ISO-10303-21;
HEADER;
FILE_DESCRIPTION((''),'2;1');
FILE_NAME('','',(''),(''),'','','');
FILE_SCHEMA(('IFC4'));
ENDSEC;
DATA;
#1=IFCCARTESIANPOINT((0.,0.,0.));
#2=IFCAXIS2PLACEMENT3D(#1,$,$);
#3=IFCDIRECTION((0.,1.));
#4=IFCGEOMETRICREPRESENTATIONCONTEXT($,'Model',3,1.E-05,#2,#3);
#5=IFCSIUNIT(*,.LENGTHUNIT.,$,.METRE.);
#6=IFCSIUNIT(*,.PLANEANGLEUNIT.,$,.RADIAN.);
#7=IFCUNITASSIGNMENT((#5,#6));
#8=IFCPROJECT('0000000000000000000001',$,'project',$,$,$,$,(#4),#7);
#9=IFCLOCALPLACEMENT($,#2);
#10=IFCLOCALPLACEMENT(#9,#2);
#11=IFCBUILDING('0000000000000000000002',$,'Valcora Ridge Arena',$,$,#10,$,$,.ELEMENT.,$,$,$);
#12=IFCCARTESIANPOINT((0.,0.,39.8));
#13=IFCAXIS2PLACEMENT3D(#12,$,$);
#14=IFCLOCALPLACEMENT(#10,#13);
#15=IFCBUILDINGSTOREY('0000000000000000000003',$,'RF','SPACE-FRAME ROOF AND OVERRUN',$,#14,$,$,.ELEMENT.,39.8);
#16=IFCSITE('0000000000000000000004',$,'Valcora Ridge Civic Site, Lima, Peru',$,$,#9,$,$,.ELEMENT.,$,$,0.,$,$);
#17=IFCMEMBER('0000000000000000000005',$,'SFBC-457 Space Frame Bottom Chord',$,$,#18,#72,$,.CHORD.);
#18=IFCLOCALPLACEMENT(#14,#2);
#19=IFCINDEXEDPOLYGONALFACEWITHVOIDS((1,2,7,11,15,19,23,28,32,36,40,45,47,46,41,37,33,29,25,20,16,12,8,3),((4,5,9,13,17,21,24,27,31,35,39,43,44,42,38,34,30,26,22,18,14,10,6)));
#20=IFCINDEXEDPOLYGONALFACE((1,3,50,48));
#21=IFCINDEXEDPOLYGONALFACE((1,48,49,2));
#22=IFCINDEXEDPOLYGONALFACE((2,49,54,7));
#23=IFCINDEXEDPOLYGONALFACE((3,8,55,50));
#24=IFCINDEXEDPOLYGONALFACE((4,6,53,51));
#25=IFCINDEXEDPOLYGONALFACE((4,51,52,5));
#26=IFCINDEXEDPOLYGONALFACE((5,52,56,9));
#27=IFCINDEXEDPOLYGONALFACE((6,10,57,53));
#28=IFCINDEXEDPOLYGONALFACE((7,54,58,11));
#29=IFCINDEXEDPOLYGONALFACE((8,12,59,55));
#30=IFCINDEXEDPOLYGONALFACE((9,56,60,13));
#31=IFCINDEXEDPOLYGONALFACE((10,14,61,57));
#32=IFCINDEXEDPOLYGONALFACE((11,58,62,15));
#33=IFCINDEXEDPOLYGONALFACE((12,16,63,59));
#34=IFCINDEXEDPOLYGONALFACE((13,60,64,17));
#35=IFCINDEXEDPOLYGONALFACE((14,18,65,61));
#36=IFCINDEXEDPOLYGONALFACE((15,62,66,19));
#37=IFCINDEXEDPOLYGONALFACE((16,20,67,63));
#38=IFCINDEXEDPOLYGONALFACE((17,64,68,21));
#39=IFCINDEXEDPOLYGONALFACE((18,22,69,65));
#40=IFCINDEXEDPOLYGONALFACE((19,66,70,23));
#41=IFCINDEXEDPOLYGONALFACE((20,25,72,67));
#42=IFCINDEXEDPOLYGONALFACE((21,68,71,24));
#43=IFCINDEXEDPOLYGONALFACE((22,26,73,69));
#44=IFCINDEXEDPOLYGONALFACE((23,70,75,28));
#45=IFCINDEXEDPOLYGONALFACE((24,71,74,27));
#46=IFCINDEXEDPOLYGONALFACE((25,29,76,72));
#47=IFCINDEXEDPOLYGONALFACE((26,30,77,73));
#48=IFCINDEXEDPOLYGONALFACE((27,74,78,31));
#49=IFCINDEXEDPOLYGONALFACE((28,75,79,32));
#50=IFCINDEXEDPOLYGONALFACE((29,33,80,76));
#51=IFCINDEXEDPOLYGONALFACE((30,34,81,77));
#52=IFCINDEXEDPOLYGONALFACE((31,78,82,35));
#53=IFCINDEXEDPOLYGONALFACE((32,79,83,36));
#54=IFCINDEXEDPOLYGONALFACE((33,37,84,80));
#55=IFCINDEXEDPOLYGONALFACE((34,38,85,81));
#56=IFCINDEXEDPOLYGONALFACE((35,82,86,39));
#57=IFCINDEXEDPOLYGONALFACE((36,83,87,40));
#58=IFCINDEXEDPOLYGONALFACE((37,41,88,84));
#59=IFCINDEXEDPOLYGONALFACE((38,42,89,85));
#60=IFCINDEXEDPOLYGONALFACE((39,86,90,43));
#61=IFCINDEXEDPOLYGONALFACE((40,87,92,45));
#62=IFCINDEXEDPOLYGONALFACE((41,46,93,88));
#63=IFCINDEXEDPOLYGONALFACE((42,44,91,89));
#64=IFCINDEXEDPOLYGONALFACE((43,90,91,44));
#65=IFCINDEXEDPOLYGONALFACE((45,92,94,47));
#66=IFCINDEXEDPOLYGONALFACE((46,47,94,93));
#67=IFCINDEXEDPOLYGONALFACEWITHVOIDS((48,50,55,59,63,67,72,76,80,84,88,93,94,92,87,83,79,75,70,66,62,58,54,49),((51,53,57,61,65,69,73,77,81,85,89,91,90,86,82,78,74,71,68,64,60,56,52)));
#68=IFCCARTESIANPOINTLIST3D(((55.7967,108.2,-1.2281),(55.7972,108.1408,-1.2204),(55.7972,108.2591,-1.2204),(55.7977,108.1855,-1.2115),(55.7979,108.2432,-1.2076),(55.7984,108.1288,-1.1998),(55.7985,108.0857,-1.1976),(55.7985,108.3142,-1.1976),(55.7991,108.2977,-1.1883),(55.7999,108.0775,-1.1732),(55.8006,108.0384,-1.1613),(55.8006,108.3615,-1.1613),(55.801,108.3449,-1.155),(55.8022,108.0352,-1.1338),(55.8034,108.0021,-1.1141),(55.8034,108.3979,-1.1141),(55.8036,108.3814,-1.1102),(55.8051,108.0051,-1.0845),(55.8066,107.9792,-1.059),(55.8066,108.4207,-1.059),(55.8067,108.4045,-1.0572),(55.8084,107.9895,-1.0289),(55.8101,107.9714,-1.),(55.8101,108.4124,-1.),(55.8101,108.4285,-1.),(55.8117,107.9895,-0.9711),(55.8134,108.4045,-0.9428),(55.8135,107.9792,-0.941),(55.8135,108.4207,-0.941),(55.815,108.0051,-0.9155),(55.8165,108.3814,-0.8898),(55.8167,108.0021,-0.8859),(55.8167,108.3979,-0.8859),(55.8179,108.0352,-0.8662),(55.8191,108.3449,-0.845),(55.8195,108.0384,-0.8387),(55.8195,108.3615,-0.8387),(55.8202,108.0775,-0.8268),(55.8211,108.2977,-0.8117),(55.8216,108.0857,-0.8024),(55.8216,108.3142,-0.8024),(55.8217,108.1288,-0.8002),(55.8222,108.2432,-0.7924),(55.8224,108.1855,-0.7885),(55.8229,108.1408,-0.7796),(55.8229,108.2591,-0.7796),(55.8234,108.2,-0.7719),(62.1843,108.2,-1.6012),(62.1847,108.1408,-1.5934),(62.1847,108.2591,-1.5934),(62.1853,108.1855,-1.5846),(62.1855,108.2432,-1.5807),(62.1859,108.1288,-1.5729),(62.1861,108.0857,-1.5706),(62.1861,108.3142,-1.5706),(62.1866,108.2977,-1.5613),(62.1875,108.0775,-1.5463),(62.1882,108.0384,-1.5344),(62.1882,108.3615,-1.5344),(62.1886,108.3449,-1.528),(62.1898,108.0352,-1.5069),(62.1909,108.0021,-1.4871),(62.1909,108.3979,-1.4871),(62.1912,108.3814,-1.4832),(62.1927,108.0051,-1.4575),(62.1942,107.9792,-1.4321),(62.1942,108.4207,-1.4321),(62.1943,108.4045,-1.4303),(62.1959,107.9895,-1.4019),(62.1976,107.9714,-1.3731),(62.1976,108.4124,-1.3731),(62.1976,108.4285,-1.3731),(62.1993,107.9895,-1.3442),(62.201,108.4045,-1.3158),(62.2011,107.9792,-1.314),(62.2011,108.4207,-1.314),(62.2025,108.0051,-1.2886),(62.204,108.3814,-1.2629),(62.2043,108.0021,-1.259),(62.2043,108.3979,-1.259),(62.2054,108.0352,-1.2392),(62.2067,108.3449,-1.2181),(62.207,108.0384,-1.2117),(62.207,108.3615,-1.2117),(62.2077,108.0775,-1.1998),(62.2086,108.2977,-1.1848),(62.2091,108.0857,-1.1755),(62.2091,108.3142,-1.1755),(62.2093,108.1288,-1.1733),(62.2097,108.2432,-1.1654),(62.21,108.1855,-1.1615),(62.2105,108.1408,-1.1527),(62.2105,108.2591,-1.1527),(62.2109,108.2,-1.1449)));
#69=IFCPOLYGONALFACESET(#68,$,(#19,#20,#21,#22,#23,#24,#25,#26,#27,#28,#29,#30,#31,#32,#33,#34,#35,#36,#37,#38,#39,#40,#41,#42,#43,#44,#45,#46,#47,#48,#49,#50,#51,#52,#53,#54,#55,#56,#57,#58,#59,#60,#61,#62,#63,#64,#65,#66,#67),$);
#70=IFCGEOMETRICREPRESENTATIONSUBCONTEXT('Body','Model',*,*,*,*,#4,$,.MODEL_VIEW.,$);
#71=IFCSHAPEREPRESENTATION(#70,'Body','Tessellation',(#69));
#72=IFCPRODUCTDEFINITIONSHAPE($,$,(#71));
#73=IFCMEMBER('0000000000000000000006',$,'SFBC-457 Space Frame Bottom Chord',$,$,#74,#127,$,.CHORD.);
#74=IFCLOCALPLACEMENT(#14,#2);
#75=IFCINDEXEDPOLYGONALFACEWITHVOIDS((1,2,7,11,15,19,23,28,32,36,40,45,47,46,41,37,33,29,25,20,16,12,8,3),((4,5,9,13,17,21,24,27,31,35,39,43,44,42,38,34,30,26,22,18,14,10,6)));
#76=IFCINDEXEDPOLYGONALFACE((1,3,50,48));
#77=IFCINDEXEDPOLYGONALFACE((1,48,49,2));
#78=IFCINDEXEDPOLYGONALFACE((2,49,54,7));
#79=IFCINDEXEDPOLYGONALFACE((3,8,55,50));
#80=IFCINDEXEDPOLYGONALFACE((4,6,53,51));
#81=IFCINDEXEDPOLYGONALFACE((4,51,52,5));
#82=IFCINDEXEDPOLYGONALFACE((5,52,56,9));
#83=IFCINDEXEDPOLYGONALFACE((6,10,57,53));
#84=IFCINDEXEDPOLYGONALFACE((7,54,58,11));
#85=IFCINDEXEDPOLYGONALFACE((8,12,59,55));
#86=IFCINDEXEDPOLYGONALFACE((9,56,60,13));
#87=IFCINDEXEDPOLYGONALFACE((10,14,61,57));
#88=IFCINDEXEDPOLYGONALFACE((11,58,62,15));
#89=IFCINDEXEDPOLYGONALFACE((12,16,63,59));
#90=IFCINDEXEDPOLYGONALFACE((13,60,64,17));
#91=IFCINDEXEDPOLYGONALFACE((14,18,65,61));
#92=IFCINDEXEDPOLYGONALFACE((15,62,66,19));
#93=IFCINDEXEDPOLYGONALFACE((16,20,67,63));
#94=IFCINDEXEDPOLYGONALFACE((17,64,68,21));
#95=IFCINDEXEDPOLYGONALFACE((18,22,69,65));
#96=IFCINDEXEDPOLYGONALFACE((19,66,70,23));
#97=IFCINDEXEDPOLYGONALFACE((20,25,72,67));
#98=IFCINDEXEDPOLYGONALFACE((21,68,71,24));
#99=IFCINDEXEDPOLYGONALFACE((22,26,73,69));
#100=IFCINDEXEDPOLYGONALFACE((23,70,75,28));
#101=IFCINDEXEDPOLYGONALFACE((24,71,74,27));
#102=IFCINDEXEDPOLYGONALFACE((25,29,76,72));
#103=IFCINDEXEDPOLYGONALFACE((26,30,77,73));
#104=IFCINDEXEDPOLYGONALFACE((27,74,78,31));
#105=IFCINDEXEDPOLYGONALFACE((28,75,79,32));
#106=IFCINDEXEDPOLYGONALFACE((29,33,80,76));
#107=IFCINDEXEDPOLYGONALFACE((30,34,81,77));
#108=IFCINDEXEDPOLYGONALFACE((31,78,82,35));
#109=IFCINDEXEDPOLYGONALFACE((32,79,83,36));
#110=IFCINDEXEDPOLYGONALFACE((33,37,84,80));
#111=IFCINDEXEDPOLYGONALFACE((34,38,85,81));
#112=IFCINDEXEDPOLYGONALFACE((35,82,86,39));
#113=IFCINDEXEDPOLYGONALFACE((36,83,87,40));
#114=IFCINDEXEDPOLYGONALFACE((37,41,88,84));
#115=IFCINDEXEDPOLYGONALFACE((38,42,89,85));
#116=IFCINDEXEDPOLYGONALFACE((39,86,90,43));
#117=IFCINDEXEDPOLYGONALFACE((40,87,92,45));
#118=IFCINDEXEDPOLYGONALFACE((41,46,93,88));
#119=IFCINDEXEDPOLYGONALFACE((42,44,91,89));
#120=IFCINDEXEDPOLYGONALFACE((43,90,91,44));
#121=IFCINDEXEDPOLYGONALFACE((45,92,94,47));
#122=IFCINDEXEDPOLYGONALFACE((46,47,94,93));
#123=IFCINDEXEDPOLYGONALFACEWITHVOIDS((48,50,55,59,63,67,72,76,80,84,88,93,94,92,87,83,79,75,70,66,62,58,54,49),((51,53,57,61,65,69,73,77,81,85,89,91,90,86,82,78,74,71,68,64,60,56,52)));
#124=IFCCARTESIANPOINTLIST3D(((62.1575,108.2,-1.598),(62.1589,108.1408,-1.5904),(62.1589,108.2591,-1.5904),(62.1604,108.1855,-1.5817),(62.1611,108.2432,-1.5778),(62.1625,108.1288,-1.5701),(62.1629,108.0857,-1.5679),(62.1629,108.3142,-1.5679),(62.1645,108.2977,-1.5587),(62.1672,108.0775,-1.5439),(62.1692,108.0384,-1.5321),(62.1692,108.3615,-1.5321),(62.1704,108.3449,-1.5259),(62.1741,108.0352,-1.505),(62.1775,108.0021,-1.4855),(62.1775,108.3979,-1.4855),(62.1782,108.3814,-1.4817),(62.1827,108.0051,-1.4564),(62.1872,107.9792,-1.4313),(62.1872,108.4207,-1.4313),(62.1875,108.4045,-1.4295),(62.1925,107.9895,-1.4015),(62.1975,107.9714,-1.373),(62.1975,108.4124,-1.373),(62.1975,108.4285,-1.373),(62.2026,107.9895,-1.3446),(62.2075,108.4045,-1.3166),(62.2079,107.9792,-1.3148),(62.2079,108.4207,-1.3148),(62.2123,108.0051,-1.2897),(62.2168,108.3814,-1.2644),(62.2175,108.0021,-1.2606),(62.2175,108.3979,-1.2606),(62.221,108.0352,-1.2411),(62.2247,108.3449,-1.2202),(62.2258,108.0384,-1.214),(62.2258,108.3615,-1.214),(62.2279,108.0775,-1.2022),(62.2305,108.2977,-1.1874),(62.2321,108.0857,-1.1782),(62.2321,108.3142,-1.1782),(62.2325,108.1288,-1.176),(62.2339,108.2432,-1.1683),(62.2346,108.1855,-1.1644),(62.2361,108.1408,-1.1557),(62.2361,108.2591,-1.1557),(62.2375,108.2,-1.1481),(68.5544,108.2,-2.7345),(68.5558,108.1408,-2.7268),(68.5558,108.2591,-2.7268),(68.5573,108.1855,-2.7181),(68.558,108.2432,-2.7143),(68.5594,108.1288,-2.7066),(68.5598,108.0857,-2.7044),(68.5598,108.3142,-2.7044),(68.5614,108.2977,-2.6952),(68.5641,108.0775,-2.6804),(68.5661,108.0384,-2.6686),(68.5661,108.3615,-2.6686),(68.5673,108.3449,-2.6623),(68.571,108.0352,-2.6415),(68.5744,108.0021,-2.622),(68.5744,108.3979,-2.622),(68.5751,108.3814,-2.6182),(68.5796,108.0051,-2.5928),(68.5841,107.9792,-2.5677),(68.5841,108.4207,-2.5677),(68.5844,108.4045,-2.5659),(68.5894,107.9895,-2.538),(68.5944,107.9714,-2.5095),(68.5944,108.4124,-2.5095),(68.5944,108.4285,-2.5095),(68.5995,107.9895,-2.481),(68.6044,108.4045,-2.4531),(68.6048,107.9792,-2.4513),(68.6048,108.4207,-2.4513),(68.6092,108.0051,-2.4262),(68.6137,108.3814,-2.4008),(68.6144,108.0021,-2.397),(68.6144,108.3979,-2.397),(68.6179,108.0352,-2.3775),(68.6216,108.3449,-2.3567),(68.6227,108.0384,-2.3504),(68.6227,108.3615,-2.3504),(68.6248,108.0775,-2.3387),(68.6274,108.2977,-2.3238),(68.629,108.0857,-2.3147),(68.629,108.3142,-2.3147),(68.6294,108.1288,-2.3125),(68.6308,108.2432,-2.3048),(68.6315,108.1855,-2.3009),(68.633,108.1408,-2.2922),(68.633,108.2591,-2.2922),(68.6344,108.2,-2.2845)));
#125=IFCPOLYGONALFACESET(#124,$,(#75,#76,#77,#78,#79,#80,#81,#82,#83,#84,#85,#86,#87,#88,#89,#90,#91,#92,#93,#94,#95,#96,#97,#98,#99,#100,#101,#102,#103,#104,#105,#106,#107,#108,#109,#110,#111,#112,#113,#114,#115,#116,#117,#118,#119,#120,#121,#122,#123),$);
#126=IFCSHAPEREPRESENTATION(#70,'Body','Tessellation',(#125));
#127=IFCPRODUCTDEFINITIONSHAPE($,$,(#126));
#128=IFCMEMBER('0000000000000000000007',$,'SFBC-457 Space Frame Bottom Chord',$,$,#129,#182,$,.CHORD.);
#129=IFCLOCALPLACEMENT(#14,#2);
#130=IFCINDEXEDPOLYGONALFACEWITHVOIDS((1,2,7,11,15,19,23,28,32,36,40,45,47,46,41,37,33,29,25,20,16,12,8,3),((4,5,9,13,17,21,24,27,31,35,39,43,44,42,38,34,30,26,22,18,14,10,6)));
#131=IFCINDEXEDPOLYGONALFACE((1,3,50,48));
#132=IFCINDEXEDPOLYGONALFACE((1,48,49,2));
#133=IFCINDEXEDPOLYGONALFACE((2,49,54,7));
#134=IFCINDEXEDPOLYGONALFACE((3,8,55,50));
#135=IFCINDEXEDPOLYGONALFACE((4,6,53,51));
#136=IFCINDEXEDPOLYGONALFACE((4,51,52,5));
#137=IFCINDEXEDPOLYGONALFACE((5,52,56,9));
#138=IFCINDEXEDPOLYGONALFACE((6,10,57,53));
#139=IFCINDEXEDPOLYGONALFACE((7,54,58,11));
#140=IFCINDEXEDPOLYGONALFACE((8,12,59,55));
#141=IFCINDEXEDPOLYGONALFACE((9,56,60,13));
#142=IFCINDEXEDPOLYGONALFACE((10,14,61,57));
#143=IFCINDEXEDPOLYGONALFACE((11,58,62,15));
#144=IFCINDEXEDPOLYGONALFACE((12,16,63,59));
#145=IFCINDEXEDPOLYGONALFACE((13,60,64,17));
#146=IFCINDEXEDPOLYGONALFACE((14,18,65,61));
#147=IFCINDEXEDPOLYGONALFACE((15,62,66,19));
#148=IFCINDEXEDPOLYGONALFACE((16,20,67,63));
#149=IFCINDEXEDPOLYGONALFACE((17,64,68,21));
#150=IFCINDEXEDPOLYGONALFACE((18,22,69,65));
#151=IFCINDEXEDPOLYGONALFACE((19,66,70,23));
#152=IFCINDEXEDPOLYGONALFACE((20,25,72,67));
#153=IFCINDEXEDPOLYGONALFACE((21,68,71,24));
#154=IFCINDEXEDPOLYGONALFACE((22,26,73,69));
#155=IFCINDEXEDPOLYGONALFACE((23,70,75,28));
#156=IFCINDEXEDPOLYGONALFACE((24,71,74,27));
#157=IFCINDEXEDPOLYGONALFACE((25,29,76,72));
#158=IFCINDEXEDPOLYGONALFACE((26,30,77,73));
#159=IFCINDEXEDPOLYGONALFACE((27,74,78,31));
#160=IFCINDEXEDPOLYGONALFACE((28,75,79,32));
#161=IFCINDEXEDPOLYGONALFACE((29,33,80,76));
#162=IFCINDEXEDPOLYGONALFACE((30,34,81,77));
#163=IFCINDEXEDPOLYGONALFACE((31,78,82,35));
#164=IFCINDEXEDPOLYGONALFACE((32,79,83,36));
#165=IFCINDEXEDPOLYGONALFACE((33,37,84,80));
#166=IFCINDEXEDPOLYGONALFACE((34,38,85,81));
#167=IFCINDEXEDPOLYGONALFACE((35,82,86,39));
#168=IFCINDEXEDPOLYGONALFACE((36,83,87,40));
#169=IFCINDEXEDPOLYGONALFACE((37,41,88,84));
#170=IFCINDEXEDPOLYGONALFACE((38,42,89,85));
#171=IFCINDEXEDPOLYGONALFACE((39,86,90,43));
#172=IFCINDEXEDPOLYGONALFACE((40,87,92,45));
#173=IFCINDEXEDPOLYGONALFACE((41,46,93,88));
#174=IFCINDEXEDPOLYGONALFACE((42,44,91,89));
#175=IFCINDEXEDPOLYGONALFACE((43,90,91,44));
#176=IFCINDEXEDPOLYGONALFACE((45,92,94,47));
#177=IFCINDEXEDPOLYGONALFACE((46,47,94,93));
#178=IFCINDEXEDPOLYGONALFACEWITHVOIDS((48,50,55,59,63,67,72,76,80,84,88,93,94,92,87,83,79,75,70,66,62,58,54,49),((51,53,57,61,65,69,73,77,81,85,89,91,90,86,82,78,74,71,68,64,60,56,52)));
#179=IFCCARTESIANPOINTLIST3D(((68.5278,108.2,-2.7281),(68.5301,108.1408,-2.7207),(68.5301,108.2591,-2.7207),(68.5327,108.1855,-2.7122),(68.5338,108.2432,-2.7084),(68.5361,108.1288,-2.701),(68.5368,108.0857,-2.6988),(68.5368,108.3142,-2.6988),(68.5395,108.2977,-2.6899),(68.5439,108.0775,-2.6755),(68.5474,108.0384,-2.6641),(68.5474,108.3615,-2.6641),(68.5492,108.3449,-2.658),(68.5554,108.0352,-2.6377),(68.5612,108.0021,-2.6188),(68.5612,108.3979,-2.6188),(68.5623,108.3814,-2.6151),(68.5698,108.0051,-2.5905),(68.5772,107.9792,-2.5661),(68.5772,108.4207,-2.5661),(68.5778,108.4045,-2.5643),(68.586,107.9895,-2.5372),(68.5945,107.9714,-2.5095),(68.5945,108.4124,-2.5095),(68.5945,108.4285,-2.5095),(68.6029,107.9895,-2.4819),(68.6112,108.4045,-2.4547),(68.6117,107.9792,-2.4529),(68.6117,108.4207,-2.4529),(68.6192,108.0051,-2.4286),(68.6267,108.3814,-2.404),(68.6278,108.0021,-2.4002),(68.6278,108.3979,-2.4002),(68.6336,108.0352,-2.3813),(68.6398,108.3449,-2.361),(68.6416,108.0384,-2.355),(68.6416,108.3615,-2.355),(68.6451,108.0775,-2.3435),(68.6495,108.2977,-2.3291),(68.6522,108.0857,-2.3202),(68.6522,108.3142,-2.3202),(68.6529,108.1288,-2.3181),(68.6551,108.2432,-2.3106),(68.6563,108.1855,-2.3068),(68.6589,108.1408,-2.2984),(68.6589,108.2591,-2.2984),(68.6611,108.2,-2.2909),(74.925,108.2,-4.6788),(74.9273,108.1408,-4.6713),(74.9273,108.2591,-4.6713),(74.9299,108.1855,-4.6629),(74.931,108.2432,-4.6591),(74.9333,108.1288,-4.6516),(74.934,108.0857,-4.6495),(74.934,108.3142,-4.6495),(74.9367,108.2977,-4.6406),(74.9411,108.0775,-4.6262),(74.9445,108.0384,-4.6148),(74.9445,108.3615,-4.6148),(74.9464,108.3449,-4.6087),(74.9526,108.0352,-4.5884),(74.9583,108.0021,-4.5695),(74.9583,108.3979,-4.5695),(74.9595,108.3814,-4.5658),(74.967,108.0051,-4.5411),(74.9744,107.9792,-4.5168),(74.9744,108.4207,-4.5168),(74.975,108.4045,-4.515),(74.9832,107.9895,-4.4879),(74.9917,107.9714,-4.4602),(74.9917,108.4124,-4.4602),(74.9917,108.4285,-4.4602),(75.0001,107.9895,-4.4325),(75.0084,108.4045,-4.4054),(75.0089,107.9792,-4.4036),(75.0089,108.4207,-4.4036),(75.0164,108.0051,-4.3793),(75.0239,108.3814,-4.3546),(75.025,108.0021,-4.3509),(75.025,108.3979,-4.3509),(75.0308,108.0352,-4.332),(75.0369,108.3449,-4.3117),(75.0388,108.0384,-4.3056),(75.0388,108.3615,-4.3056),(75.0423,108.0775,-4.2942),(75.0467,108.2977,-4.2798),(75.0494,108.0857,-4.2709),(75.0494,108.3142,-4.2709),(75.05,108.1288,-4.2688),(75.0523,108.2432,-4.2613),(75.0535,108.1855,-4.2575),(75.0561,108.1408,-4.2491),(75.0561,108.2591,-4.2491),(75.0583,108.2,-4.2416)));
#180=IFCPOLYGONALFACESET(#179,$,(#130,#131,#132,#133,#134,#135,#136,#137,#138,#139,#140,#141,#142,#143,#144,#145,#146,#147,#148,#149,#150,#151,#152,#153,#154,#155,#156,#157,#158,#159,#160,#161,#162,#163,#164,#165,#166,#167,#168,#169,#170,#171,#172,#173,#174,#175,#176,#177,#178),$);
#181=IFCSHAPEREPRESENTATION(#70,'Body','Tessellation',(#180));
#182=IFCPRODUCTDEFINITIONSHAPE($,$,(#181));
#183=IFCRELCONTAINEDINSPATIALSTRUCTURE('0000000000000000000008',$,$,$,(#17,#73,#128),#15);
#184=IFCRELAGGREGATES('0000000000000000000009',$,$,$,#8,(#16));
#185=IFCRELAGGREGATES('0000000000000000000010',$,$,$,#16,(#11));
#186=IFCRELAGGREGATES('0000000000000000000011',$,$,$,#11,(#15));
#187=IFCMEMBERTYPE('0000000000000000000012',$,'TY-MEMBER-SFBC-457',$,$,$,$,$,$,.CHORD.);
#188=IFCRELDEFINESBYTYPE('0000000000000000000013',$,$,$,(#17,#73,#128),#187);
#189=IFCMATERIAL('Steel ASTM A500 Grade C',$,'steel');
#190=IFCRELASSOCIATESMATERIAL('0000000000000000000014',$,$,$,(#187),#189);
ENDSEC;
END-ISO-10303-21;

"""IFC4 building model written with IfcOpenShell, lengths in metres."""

from ifc_helpers import new_model, si_unit, direction, frame, origin, origin_2d, place, context, subcontext, project, spatial, hollow_circle, extrude, material, material_profile, profile_set, type_object, element, save


model = new_model("IFC4")

# Units and contexts
model_context = context("Model", 3, precision=1e-05, world=origin(), true_north=direction((0.0, 1.0)))
body_context = subcontext(model_context, "Body", "Model", "MODEL_VIEW")
ifc_project = project(units=[si_unit("LENGTHUNIT", "METRE"), si_unit("PLANEANGLEUNIT", "RADIAN")], contexts=[model_context])

# Site, building, storey
site_placement = place(None, origin())
site = spatial("IfcSite", under=ifc_project, at=site_placement, Name="Valcora Ridge Civic Site, Lima, Peru", CompositionType="ELEMENT", RefElevation=0.0)
building_placement = place(site_placement, origin())
building = spatial("IfcBuilding", under=site, at=building_placement, Name="Valcora Ridge Arena", CompositionType="ELEMENT")
storey_placement = place(building_placement, frame((0.0, 0.0, 39.8)))
storey = spatial("IfcBuildingStorey", under=building, at=storey_placement, Name="RF", Description="SPACE-FRAME ROOF AND OVERRUN", CompositionType="ELEMENT", Elevation=39.8)

# Members
ifc_material_1 = material(Name="Steel ASTM A500 Grade C", Category="steel")
ifc_material_profile_1 = material_profile(ifc_material_1, hollow_circle(Radius=0.2285, WallThickness=0.0161, at=origin_2d()), Name="CHS457X16")
ifc_profile_set_1 = profile_set([ifc_material_profile_1], Name="Steel ASTM A500 Grade C")
member_type_1 = type_object("IfcMemberType", Name="TY-MEMBER-SFBC-457", PredefinedType="CHORD", material=ifc_profile_set_1)
member_1_placement = place(storey_placement, frame((55.8101, 108.2, -1.0), z_axis=(0.998299, 0.0, -0.058304), x_axis=(0.0, 1.0, 0.0)))
element("IfcMember", 1, at=member_1_placement, inside=storey, type_object=member_type_1, Name="SFBC-457 Space Frame Bottom Chord", PredefinedType="CHORD", context=body_context, shape_type="SweptSolid", body=[
    extrude(hollow_circle(Radius=0.2285, WallThickness=0.0161, at=origin_2d()), origin(), (0.0, 0.0, 1.0), 6.3984),
])
member_2_placement = place(storey_placement, frame((62.1975, 108.2, -1.373), z_axis=(0.984583, 0.0, -0.174919), x_axis=(0.0, 1.0, 0.0)))
element("IfcMember", 2, at=member_2_placement, inside=storey, type_object=member_type_1, Name="SFBC-457 Space Frame Bottom Chord", PredefinedType="CHORD", context=body_context, shape_type="SweptSolid", body=[
    extrude(hollow_circle(Radius=0.2285, WallThickness=0.0161, at=origin_2d()), origin(), (0.0, 0.0, 1.0), 6.4971),
])
member_3_placement = place(storey_placement, frame((68.5945, 108.2, -2.5095), z_axis=(0.956519, 0.0, -0.291669), x_axis=(0.0, 1.0, 0.0)))
element("IfcMember", 3, at=member_3_placement, inside=storey, type_object=member_type_1, Name="SFBC-457 Space Frame Bottom Chord", PredefinedType="CHORD", context=body_context, shape_type="SweptSolid", body=[
    extrude(hollow_circle(Radius=0.2285, WallThickness=0.0161, at=origin_2d()), origin(), (0.0, 0.0, 1.0), 6.688),
])

save(model, "model.ifc")
